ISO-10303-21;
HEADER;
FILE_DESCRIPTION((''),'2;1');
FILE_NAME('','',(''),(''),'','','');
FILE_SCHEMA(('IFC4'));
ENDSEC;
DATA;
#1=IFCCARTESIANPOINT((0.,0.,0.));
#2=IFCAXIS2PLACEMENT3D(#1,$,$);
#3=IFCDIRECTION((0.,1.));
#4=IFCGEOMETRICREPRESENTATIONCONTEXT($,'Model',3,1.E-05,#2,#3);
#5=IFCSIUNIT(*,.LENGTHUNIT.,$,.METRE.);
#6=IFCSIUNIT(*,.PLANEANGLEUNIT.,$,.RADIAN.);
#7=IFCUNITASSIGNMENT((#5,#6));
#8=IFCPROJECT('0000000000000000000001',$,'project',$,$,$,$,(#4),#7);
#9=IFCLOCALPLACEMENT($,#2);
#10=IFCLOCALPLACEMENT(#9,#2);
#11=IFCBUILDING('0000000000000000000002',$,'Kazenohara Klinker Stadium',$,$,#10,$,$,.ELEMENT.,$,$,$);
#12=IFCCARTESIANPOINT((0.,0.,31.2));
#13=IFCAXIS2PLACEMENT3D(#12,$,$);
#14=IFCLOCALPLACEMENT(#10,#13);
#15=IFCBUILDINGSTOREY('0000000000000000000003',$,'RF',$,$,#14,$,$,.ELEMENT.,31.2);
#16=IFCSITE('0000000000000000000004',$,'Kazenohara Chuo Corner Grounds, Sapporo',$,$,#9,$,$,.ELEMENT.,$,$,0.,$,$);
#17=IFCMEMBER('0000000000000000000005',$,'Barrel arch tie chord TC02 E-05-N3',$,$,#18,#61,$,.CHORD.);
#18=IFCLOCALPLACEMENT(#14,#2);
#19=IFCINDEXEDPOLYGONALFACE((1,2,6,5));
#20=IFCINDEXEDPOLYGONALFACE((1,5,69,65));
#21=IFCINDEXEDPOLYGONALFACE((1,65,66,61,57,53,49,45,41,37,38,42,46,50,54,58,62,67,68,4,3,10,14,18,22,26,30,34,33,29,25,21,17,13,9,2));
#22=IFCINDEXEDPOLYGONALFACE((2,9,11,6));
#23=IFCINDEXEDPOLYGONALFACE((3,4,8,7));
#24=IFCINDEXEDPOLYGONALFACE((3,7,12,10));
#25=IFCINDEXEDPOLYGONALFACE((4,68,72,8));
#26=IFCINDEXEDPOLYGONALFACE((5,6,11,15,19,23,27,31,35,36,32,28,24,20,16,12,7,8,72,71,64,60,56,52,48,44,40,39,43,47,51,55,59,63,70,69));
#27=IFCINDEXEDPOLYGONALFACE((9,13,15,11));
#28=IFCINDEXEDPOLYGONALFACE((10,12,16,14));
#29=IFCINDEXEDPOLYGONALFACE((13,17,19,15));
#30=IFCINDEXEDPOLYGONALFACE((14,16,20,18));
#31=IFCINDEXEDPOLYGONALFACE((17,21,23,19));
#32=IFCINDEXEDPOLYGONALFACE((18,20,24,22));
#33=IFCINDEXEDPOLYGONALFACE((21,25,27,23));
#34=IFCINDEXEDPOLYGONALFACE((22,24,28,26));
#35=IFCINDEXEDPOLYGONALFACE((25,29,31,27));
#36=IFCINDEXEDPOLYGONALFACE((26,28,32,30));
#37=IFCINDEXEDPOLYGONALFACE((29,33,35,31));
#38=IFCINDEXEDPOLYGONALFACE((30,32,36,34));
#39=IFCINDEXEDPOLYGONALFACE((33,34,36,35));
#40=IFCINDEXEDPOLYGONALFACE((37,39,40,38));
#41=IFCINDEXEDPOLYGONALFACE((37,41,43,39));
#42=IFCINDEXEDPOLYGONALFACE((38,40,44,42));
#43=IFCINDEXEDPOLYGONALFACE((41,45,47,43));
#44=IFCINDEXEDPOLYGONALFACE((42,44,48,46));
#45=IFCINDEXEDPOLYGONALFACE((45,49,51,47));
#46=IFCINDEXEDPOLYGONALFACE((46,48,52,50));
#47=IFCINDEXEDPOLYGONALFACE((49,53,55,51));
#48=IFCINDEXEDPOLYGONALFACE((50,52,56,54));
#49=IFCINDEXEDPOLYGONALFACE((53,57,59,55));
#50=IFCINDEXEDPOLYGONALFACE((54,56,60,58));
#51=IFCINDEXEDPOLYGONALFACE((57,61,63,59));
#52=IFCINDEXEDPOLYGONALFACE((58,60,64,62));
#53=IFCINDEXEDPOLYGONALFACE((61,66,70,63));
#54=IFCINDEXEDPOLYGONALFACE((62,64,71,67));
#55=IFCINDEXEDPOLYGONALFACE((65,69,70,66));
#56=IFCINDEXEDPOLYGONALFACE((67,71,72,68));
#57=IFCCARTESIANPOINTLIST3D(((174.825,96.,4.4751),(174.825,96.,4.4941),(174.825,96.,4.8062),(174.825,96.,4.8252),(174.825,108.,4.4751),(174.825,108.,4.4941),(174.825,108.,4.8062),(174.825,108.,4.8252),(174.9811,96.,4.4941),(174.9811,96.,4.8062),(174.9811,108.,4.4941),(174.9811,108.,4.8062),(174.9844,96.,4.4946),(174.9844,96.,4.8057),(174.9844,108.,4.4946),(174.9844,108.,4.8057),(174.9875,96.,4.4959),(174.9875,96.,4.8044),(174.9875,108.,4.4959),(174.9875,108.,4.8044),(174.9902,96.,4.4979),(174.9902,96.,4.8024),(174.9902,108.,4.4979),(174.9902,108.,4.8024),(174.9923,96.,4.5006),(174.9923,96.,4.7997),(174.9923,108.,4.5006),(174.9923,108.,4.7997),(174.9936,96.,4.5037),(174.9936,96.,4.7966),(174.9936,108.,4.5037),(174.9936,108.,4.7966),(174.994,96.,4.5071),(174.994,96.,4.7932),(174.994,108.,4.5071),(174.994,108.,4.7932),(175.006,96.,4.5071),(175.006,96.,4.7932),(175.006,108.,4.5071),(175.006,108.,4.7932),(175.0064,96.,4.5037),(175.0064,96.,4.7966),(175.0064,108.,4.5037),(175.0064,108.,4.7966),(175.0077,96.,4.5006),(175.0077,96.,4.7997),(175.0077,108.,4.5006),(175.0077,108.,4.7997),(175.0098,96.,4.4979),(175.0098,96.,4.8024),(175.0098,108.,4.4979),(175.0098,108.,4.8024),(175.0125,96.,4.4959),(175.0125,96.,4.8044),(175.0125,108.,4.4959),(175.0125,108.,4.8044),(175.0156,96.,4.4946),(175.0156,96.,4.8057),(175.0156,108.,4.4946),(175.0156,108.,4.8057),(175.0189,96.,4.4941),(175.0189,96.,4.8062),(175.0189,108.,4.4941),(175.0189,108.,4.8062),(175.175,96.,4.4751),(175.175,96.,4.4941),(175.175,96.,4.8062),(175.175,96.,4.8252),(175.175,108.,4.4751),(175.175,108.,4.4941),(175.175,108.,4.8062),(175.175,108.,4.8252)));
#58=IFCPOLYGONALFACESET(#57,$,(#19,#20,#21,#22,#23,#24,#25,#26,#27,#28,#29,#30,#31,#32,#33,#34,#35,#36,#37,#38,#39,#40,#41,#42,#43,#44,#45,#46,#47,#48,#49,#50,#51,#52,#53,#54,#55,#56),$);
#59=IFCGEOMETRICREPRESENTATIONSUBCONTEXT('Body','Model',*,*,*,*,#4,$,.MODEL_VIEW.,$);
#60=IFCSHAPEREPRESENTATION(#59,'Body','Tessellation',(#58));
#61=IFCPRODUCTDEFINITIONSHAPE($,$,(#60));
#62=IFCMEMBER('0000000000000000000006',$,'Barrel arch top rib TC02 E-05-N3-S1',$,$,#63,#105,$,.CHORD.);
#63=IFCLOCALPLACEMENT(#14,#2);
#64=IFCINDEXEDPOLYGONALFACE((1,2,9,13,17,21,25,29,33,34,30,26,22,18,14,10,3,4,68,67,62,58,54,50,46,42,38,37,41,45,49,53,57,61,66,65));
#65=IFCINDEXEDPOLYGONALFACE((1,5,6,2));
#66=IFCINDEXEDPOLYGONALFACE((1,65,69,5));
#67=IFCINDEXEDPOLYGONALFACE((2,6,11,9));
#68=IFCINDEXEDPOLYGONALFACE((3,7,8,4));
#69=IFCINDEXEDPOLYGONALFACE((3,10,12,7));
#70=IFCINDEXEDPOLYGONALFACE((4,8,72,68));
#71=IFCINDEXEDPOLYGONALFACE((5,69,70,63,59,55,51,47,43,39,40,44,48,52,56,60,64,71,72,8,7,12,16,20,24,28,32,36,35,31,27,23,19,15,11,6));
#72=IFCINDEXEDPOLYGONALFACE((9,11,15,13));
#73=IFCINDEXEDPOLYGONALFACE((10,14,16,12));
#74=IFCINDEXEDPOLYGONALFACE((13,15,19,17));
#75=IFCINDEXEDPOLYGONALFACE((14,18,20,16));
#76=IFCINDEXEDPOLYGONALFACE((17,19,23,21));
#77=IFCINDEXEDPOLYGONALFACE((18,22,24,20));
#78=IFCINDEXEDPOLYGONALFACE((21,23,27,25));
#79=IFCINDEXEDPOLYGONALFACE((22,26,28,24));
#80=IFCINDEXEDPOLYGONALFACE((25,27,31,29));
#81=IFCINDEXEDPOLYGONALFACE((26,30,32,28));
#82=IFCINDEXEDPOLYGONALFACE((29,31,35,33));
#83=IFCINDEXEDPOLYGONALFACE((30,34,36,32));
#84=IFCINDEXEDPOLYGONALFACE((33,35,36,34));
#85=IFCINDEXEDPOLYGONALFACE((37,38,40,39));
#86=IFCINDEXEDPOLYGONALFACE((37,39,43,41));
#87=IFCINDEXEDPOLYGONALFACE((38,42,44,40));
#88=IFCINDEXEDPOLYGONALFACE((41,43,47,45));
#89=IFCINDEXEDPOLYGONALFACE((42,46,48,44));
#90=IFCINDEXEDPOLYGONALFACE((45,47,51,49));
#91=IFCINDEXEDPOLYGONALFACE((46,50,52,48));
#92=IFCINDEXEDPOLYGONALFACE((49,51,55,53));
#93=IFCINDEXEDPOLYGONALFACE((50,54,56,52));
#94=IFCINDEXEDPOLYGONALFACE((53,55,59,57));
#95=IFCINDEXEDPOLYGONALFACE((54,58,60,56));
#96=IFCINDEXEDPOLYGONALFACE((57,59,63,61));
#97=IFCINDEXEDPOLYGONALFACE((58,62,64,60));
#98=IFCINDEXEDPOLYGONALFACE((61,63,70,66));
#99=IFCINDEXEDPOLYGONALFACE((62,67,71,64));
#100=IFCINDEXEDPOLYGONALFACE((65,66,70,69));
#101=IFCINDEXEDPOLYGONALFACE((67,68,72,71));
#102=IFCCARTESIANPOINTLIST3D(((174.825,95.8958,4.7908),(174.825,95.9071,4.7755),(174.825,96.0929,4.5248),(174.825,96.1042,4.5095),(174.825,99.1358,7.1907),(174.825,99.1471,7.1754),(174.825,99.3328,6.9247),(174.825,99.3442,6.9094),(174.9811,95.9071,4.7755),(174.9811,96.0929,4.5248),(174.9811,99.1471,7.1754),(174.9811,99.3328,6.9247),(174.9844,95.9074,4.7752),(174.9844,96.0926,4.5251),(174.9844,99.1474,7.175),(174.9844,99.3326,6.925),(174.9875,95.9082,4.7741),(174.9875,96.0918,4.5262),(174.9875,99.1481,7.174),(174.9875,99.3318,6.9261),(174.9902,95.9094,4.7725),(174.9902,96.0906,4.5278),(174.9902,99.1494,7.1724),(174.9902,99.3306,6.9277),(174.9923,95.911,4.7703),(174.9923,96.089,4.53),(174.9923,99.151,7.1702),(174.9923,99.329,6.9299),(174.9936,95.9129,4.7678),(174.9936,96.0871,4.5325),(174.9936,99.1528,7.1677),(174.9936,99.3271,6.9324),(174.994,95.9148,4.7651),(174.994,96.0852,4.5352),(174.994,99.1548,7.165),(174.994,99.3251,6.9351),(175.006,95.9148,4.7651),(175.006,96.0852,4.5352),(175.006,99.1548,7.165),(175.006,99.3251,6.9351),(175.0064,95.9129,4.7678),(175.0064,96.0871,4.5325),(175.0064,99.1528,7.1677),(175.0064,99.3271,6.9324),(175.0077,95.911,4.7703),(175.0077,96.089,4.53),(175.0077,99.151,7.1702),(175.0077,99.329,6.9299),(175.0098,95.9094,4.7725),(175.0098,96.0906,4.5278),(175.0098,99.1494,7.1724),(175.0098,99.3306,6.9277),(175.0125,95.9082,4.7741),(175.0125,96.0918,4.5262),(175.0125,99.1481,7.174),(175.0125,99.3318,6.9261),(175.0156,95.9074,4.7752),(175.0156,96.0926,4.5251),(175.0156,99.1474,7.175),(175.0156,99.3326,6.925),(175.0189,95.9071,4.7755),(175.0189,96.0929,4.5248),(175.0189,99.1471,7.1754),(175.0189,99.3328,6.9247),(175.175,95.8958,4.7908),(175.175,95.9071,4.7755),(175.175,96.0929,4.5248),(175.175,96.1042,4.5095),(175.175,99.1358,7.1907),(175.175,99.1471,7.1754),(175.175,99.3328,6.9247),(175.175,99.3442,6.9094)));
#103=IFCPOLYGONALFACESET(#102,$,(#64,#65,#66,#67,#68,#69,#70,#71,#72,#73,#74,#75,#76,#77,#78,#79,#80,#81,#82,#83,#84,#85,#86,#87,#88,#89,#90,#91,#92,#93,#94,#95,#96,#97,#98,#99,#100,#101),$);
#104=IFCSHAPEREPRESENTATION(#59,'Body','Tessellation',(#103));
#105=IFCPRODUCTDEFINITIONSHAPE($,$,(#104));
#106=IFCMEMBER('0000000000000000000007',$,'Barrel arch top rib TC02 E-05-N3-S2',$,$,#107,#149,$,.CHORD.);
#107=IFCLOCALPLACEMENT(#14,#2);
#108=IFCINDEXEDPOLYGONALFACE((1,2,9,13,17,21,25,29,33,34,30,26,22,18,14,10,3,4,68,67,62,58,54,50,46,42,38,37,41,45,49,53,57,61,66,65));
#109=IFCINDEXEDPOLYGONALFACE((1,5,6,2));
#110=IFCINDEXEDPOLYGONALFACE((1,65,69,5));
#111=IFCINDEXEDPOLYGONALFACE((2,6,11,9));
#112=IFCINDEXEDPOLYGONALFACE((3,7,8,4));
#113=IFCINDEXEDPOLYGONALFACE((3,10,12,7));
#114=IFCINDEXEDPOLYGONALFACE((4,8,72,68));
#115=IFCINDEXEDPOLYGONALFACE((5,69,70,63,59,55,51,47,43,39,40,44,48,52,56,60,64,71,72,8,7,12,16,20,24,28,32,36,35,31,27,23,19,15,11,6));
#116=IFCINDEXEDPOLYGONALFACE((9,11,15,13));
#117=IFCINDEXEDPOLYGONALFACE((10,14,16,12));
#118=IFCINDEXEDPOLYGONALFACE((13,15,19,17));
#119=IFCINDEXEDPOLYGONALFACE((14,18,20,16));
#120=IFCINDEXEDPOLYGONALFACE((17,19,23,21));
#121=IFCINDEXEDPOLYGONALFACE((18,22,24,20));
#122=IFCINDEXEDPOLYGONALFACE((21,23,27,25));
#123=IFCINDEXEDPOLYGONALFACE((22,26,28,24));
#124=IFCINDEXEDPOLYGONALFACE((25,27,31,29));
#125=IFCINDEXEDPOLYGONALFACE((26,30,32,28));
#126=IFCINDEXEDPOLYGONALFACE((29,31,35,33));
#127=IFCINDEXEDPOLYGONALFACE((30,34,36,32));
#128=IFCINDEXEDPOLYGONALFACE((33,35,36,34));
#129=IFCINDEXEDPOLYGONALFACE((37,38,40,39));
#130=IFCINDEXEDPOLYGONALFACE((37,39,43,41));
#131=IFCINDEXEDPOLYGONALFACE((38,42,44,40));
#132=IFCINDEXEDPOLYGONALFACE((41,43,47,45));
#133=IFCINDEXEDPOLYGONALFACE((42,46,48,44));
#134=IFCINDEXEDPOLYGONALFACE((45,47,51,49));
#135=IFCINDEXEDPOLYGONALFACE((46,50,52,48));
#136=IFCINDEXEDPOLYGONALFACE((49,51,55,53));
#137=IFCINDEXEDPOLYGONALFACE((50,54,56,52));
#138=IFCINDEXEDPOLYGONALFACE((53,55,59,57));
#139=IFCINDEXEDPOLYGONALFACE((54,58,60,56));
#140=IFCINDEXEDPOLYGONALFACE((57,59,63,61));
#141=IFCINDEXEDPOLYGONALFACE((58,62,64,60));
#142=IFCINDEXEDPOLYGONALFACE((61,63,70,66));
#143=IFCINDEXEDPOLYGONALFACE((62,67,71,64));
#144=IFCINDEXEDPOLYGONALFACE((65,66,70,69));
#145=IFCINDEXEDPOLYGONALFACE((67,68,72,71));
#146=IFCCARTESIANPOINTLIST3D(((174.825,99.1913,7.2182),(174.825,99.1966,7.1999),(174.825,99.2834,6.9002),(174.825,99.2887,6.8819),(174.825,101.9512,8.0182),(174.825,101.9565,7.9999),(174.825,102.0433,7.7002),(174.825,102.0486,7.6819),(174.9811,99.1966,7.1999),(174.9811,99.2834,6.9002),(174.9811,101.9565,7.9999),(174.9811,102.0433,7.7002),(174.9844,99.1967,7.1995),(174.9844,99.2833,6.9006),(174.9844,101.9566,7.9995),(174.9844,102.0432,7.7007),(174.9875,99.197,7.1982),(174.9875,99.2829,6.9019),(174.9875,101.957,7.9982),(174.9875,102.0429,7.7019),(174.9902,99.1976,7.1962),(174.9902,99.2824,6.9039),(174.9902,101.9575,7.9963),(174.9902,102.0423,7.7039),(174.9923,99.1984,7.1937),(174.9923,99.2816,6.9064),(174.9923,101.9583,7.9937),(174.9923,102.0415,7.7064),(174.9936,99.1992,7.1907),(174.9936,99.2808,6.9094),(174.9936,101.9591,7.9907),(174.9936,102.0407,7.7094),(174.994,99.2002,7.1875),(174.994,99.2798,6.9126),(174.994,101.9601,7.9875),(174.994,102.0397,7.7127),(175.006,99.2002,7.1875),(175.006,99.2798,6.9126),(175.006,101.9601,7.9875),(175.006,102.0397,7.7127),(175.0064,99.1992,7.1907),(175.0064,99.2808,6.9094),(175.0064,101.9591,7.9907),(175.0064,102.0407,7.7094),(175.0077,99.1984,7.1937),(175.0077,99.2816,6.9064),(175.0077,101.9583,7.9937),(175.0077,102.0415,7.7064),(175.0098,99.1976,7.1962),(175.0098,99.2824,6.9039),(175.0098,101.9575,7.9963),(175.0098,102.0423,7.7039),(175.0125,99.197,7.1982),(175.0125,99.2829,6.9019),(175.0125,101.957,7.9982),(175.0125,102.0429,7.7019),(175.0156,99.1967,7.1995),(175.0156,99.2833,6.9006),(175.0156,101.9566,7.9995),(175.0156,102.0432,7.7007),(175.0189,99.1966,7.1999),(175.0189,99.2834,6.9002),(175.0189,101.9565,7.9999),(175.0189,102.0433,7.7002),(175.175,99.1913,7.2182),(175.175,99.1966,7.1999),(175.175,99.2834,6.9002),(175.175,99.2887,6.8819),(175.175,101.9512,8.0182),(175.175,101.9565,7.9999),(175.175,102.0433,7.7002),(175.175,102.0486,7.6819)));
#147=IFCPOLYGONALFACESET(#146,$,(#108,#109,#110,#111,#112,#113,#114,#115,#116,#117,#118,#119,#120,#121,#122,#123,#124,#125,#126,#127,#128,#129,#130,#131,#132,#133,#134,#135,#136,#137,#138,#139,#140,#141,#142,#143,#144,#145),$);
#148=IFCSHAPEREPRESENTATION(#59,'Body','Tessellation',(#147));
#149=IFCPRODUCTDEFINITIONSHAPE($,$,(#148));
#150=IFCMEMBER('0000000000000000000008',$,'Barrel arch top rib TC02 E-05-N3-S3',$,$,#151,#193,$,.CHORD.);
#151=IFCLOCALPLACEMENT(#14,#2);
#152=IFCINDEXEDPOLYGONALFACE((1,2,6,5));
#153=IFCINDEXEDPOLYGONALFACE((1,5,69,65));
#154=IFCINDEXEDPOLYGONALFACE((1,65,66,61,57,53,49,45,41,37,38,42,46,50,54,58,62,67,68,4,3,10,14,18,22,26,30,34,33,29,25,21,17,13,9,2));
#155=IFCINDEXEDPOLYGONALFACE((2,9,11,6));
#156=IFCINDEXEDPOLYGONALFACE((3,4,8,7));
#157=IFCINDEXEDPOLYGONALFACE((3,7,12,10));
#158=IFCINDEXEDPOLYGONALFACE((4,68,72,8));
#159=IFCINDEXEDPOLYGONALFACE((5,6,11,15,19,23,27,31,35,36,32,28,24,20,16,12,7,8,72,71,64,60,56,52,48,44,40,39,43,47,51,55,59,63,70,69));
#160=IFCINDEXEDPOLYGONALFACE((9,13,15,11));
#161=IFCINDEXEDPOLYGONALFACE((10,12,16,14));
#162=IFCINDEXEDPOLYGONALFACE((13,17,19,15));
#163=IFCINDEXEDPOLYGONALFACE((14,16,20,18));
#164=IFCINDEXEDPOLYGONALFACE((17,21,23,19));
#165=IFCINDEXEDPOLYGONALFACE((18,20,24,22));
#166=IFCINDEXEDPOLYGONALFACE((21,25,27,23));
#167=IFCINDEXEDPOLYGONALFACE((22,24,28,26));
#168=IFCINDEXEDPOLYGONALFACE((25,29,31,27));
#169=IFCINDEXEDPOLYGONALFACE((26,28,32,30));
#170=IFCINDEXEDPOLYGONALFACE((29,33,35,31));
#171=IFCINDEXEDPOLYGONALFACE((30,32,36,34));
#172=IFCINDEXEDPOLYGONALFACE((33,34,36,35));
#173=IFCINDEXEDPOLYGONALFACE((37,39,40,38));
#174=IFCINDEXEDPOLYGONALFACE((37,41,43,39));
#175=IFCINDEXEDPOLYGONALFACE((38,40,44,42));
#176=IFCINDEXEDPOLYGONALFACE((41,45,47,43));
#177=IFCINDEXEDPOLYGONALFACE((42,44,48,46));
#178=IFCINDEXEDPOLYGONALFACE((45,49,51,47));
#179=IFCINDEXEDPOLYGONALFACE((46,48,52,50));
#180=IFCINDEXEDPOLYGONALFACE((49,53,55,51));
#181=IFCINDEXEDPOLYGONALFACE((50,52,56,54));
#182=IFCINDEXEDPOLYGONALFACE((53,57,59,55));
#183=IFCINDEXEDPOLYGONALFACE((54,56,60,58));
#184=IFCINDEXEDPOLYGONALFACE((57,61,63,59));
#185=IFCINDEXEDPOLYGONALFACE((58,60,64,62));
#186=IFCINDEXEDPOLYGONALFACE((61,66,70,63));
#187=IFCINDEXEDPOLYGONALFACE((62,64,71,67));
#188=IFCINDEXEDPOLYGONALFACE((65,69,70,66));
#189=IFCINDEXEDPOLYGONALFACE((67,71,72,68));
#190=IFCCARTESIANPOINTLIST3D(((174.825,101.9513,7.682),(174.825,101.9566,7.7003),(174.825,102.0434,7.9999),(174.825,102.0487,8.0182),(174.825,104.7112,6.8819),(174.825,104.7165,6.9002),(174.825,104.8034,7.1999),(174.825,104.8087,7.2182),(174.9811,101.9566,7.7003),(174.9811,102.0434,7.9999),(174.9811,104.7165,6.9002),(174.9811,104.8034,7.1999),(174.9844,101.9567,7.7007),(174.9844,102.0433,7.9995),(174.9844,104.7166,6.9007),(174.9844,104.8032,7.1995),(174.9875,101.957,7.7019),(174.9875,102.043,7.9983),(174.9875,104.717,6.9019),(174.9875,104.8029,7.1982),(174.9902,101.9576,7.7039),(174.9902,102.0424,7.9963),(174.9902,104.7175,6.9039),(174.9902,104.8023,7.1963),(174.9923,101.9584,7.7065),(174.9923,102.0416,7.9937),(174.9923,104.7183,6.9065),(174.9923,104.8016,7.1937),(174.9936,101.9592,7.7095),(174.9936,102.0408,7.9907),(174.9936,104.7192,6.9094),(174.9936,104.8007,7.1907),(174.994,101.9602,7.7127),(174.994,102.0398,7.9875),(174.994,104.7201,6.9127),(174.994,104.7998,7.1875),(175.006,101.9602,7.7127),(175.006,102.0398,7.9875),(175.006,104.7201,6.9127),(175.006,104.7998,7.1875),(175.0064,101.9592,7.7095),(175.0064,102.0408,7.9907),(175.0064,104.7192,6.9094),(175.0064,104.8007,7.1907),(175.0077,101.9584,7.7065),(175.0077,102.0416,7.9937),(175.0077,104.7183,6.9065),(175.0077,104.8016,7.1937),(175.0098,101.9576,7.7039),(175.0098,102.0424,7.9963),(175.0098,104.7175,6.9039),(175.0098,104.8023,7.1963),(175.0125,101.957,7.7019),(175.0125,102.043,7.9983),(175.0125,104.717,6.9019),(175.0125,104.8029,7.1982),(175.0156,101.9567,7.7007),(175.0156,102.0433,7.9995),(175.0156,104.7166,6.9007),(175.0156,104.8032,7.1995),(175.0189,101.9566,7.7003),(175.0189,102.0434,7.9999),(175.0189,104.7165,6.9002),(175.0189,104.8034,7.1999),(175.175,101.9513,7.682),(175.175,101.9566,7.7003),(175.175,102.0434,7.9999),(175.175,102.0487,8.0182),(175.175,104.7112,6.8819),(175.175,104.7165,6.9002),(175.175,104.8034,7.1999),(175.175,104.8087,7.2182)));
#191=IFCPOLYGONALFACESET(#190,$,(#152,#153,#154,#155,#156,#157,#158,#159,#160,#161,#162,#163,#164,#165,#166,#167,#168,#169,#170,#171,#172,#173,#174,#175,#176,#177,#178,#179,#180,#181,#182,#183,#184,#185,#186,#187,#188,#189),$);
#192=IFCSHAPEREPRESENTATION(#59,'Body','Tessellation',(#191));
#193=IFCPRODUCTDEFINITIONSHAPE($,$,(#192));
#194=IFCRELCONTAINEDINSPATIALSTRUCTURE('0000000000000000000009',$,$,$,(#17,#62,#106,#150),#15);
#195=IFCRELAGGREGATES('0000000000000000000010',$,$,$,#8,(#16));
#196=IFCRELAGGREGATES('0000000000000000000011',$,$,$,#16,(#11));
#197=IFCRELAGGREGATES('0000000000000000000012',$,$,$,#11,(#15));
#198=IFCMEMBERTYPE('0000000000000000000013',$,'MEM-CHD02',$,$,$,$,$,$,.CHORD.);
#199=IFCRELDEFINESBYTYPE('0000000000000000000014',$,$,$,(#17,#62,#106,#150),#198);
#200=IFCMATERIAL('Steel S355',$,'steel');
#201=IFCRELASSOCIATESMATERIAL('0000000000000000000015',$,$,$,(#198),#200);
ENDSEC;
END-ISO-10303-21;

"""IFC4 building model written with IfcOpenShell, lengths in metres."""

from ifc_helpers import new_model, si_unit, direction, frame, origin, origin_2d, place, context, subcontext, project, spatial, i_section, extrude, material, material_profile, profile_set, type_object, element, save


model = new_model("IFC4")

# Units and contexts
model_context = context("Model", 3, precision=1e-05, world=origin(), true_north=direction((0.0, 1.0)))
body_context = subcontext(model_context, "Body", "Model", "MODEL_VIEW")
ifc_project = project(units=[si_unit("LENGTHUNIT", "METRE"), si_unit("PLANEANGLEUNIT", "RADIAN")], contexts=[model_context])

# Site, building, storey
site_placement = place(None, origin())
site = spatial("IfcSite", under=ifc_project, at=site_placement, Name="Kazenohara Chuo Corner Grounds, Sapporo", CompositionType="ELEMENT", RefElevation=0.0)
building_placement = place(site_placement, origin())
building = spatial("IfcBuilding", under=site, at=building_placement, Name="Kazenohara Klinker Stadium", CompositionType="ELEMENT")
storey_placement = place(building_placement, frame((0.0, 0.0, 31.2)))
storey = spatial("IfcBuildingStorey", under=building, at=storey_placement, Name="RF", CompositionType="ELEMENT", Elevation=31.2)

# Members
ifc_material_1 = material(Name="Steel S355", Category="steel")
ifc_material_profile_1 = material_profile(ifc_material_1, i_section(OverallWidth=0.3501, OverallDepth=0.3501, WebThickness=0.012, FlangeThickness=0.019, FilletRadius=0.0129, at=origin_2d()), Name="H-350x350x12x19")
ifc_profile_set_1 = profile_set([ifc_material_profile_1], Name="Steel S355")
member_type_1 = type_object("IfcMemberType", Name="MEM-CHD02", PredefinedType="CHORD", material=ifc_profile_set_1)
member_1_placement = place(storey_placement, frame((175.0, 96.0, 4.6501), z_axis=(0.0, 1.0, 0.0), x_axis=(-1.0, 0.0, 0.0)))
element("IfcMember", 1, at=member_1_placement, inside=storey, type_object=member_type_1, Name="Barrel arch tie chord TC02 E-05-N3", PredefinedType="CHORD", context=body_context, shape_type="SweptSolid", body=[
    extrude(i_section(OverallWidth=0.3501, OverallDepth=0.3501, WebThickness=0.012, FlangeThickness=0.019, FilletRadius=0.0129, at=origin_2d()), origin(), (0.0, 0.0, 1.0), 12.0),
])
member_2_placement = place(storey_placement, frame((175.0, 96.0, 4.6501), z_axis=(0.0, 0.803568, 0.595213), x_axis=(-1.0, 0.0, 0.0)))
element("IfcMember", 2, at=member_2_placement, inside=storey, type_object=member_type_1, Name="Barrel arch top rib TC02 E-05-N3-S1", PredefinedType="CHORD", context=body_context, shape_type="SweptSolid", body=[
    extrude(i_section(OverallWidth=0.3501, OverallDepth=0.3501, WebThickness=0.012, FlangeThickness=0.019, FilletRadius=0.0129, at=origin_2d()), origin(), (0.0, 0.0, 1.0), 4.032),
])
for number, where, z_axis, x_axis, name in (
    (3, (175.0, 99.24, 7.05), (0.0, 0.960462, 0.278411), (-1.0, 0.0, 0.0), "Barrel arch top rib TC02 E-05-N3-S2"),
    (4, (175.0, 102.0, 7.8501), (0.0, 0.960462, -0.278411), (-1.0, 0.0, 0.0), "Barrel arch top rib TC02 E-05-N3-S3"),
):
    element("IfcMember", number, at=place(storey_placement, frame(where, z_axis=z_axis, x_axis=x_axis)), inside=storey, type_object=member_type_1, Name=name, PredefinedType="CHORD", context=body_context, shape_type="SweptSolid", body=[
        extrude(i_section(OverallWidth=0.3501, OverallDepth=0.3501, WebThickness=0.012, FlangeThickness=0.019, FilletRadius=0.0129, at=origin_2d()), origin(), (0.0, 0.0, 1.0), 2.8735),
    ])

save(model, "model.ifc")
